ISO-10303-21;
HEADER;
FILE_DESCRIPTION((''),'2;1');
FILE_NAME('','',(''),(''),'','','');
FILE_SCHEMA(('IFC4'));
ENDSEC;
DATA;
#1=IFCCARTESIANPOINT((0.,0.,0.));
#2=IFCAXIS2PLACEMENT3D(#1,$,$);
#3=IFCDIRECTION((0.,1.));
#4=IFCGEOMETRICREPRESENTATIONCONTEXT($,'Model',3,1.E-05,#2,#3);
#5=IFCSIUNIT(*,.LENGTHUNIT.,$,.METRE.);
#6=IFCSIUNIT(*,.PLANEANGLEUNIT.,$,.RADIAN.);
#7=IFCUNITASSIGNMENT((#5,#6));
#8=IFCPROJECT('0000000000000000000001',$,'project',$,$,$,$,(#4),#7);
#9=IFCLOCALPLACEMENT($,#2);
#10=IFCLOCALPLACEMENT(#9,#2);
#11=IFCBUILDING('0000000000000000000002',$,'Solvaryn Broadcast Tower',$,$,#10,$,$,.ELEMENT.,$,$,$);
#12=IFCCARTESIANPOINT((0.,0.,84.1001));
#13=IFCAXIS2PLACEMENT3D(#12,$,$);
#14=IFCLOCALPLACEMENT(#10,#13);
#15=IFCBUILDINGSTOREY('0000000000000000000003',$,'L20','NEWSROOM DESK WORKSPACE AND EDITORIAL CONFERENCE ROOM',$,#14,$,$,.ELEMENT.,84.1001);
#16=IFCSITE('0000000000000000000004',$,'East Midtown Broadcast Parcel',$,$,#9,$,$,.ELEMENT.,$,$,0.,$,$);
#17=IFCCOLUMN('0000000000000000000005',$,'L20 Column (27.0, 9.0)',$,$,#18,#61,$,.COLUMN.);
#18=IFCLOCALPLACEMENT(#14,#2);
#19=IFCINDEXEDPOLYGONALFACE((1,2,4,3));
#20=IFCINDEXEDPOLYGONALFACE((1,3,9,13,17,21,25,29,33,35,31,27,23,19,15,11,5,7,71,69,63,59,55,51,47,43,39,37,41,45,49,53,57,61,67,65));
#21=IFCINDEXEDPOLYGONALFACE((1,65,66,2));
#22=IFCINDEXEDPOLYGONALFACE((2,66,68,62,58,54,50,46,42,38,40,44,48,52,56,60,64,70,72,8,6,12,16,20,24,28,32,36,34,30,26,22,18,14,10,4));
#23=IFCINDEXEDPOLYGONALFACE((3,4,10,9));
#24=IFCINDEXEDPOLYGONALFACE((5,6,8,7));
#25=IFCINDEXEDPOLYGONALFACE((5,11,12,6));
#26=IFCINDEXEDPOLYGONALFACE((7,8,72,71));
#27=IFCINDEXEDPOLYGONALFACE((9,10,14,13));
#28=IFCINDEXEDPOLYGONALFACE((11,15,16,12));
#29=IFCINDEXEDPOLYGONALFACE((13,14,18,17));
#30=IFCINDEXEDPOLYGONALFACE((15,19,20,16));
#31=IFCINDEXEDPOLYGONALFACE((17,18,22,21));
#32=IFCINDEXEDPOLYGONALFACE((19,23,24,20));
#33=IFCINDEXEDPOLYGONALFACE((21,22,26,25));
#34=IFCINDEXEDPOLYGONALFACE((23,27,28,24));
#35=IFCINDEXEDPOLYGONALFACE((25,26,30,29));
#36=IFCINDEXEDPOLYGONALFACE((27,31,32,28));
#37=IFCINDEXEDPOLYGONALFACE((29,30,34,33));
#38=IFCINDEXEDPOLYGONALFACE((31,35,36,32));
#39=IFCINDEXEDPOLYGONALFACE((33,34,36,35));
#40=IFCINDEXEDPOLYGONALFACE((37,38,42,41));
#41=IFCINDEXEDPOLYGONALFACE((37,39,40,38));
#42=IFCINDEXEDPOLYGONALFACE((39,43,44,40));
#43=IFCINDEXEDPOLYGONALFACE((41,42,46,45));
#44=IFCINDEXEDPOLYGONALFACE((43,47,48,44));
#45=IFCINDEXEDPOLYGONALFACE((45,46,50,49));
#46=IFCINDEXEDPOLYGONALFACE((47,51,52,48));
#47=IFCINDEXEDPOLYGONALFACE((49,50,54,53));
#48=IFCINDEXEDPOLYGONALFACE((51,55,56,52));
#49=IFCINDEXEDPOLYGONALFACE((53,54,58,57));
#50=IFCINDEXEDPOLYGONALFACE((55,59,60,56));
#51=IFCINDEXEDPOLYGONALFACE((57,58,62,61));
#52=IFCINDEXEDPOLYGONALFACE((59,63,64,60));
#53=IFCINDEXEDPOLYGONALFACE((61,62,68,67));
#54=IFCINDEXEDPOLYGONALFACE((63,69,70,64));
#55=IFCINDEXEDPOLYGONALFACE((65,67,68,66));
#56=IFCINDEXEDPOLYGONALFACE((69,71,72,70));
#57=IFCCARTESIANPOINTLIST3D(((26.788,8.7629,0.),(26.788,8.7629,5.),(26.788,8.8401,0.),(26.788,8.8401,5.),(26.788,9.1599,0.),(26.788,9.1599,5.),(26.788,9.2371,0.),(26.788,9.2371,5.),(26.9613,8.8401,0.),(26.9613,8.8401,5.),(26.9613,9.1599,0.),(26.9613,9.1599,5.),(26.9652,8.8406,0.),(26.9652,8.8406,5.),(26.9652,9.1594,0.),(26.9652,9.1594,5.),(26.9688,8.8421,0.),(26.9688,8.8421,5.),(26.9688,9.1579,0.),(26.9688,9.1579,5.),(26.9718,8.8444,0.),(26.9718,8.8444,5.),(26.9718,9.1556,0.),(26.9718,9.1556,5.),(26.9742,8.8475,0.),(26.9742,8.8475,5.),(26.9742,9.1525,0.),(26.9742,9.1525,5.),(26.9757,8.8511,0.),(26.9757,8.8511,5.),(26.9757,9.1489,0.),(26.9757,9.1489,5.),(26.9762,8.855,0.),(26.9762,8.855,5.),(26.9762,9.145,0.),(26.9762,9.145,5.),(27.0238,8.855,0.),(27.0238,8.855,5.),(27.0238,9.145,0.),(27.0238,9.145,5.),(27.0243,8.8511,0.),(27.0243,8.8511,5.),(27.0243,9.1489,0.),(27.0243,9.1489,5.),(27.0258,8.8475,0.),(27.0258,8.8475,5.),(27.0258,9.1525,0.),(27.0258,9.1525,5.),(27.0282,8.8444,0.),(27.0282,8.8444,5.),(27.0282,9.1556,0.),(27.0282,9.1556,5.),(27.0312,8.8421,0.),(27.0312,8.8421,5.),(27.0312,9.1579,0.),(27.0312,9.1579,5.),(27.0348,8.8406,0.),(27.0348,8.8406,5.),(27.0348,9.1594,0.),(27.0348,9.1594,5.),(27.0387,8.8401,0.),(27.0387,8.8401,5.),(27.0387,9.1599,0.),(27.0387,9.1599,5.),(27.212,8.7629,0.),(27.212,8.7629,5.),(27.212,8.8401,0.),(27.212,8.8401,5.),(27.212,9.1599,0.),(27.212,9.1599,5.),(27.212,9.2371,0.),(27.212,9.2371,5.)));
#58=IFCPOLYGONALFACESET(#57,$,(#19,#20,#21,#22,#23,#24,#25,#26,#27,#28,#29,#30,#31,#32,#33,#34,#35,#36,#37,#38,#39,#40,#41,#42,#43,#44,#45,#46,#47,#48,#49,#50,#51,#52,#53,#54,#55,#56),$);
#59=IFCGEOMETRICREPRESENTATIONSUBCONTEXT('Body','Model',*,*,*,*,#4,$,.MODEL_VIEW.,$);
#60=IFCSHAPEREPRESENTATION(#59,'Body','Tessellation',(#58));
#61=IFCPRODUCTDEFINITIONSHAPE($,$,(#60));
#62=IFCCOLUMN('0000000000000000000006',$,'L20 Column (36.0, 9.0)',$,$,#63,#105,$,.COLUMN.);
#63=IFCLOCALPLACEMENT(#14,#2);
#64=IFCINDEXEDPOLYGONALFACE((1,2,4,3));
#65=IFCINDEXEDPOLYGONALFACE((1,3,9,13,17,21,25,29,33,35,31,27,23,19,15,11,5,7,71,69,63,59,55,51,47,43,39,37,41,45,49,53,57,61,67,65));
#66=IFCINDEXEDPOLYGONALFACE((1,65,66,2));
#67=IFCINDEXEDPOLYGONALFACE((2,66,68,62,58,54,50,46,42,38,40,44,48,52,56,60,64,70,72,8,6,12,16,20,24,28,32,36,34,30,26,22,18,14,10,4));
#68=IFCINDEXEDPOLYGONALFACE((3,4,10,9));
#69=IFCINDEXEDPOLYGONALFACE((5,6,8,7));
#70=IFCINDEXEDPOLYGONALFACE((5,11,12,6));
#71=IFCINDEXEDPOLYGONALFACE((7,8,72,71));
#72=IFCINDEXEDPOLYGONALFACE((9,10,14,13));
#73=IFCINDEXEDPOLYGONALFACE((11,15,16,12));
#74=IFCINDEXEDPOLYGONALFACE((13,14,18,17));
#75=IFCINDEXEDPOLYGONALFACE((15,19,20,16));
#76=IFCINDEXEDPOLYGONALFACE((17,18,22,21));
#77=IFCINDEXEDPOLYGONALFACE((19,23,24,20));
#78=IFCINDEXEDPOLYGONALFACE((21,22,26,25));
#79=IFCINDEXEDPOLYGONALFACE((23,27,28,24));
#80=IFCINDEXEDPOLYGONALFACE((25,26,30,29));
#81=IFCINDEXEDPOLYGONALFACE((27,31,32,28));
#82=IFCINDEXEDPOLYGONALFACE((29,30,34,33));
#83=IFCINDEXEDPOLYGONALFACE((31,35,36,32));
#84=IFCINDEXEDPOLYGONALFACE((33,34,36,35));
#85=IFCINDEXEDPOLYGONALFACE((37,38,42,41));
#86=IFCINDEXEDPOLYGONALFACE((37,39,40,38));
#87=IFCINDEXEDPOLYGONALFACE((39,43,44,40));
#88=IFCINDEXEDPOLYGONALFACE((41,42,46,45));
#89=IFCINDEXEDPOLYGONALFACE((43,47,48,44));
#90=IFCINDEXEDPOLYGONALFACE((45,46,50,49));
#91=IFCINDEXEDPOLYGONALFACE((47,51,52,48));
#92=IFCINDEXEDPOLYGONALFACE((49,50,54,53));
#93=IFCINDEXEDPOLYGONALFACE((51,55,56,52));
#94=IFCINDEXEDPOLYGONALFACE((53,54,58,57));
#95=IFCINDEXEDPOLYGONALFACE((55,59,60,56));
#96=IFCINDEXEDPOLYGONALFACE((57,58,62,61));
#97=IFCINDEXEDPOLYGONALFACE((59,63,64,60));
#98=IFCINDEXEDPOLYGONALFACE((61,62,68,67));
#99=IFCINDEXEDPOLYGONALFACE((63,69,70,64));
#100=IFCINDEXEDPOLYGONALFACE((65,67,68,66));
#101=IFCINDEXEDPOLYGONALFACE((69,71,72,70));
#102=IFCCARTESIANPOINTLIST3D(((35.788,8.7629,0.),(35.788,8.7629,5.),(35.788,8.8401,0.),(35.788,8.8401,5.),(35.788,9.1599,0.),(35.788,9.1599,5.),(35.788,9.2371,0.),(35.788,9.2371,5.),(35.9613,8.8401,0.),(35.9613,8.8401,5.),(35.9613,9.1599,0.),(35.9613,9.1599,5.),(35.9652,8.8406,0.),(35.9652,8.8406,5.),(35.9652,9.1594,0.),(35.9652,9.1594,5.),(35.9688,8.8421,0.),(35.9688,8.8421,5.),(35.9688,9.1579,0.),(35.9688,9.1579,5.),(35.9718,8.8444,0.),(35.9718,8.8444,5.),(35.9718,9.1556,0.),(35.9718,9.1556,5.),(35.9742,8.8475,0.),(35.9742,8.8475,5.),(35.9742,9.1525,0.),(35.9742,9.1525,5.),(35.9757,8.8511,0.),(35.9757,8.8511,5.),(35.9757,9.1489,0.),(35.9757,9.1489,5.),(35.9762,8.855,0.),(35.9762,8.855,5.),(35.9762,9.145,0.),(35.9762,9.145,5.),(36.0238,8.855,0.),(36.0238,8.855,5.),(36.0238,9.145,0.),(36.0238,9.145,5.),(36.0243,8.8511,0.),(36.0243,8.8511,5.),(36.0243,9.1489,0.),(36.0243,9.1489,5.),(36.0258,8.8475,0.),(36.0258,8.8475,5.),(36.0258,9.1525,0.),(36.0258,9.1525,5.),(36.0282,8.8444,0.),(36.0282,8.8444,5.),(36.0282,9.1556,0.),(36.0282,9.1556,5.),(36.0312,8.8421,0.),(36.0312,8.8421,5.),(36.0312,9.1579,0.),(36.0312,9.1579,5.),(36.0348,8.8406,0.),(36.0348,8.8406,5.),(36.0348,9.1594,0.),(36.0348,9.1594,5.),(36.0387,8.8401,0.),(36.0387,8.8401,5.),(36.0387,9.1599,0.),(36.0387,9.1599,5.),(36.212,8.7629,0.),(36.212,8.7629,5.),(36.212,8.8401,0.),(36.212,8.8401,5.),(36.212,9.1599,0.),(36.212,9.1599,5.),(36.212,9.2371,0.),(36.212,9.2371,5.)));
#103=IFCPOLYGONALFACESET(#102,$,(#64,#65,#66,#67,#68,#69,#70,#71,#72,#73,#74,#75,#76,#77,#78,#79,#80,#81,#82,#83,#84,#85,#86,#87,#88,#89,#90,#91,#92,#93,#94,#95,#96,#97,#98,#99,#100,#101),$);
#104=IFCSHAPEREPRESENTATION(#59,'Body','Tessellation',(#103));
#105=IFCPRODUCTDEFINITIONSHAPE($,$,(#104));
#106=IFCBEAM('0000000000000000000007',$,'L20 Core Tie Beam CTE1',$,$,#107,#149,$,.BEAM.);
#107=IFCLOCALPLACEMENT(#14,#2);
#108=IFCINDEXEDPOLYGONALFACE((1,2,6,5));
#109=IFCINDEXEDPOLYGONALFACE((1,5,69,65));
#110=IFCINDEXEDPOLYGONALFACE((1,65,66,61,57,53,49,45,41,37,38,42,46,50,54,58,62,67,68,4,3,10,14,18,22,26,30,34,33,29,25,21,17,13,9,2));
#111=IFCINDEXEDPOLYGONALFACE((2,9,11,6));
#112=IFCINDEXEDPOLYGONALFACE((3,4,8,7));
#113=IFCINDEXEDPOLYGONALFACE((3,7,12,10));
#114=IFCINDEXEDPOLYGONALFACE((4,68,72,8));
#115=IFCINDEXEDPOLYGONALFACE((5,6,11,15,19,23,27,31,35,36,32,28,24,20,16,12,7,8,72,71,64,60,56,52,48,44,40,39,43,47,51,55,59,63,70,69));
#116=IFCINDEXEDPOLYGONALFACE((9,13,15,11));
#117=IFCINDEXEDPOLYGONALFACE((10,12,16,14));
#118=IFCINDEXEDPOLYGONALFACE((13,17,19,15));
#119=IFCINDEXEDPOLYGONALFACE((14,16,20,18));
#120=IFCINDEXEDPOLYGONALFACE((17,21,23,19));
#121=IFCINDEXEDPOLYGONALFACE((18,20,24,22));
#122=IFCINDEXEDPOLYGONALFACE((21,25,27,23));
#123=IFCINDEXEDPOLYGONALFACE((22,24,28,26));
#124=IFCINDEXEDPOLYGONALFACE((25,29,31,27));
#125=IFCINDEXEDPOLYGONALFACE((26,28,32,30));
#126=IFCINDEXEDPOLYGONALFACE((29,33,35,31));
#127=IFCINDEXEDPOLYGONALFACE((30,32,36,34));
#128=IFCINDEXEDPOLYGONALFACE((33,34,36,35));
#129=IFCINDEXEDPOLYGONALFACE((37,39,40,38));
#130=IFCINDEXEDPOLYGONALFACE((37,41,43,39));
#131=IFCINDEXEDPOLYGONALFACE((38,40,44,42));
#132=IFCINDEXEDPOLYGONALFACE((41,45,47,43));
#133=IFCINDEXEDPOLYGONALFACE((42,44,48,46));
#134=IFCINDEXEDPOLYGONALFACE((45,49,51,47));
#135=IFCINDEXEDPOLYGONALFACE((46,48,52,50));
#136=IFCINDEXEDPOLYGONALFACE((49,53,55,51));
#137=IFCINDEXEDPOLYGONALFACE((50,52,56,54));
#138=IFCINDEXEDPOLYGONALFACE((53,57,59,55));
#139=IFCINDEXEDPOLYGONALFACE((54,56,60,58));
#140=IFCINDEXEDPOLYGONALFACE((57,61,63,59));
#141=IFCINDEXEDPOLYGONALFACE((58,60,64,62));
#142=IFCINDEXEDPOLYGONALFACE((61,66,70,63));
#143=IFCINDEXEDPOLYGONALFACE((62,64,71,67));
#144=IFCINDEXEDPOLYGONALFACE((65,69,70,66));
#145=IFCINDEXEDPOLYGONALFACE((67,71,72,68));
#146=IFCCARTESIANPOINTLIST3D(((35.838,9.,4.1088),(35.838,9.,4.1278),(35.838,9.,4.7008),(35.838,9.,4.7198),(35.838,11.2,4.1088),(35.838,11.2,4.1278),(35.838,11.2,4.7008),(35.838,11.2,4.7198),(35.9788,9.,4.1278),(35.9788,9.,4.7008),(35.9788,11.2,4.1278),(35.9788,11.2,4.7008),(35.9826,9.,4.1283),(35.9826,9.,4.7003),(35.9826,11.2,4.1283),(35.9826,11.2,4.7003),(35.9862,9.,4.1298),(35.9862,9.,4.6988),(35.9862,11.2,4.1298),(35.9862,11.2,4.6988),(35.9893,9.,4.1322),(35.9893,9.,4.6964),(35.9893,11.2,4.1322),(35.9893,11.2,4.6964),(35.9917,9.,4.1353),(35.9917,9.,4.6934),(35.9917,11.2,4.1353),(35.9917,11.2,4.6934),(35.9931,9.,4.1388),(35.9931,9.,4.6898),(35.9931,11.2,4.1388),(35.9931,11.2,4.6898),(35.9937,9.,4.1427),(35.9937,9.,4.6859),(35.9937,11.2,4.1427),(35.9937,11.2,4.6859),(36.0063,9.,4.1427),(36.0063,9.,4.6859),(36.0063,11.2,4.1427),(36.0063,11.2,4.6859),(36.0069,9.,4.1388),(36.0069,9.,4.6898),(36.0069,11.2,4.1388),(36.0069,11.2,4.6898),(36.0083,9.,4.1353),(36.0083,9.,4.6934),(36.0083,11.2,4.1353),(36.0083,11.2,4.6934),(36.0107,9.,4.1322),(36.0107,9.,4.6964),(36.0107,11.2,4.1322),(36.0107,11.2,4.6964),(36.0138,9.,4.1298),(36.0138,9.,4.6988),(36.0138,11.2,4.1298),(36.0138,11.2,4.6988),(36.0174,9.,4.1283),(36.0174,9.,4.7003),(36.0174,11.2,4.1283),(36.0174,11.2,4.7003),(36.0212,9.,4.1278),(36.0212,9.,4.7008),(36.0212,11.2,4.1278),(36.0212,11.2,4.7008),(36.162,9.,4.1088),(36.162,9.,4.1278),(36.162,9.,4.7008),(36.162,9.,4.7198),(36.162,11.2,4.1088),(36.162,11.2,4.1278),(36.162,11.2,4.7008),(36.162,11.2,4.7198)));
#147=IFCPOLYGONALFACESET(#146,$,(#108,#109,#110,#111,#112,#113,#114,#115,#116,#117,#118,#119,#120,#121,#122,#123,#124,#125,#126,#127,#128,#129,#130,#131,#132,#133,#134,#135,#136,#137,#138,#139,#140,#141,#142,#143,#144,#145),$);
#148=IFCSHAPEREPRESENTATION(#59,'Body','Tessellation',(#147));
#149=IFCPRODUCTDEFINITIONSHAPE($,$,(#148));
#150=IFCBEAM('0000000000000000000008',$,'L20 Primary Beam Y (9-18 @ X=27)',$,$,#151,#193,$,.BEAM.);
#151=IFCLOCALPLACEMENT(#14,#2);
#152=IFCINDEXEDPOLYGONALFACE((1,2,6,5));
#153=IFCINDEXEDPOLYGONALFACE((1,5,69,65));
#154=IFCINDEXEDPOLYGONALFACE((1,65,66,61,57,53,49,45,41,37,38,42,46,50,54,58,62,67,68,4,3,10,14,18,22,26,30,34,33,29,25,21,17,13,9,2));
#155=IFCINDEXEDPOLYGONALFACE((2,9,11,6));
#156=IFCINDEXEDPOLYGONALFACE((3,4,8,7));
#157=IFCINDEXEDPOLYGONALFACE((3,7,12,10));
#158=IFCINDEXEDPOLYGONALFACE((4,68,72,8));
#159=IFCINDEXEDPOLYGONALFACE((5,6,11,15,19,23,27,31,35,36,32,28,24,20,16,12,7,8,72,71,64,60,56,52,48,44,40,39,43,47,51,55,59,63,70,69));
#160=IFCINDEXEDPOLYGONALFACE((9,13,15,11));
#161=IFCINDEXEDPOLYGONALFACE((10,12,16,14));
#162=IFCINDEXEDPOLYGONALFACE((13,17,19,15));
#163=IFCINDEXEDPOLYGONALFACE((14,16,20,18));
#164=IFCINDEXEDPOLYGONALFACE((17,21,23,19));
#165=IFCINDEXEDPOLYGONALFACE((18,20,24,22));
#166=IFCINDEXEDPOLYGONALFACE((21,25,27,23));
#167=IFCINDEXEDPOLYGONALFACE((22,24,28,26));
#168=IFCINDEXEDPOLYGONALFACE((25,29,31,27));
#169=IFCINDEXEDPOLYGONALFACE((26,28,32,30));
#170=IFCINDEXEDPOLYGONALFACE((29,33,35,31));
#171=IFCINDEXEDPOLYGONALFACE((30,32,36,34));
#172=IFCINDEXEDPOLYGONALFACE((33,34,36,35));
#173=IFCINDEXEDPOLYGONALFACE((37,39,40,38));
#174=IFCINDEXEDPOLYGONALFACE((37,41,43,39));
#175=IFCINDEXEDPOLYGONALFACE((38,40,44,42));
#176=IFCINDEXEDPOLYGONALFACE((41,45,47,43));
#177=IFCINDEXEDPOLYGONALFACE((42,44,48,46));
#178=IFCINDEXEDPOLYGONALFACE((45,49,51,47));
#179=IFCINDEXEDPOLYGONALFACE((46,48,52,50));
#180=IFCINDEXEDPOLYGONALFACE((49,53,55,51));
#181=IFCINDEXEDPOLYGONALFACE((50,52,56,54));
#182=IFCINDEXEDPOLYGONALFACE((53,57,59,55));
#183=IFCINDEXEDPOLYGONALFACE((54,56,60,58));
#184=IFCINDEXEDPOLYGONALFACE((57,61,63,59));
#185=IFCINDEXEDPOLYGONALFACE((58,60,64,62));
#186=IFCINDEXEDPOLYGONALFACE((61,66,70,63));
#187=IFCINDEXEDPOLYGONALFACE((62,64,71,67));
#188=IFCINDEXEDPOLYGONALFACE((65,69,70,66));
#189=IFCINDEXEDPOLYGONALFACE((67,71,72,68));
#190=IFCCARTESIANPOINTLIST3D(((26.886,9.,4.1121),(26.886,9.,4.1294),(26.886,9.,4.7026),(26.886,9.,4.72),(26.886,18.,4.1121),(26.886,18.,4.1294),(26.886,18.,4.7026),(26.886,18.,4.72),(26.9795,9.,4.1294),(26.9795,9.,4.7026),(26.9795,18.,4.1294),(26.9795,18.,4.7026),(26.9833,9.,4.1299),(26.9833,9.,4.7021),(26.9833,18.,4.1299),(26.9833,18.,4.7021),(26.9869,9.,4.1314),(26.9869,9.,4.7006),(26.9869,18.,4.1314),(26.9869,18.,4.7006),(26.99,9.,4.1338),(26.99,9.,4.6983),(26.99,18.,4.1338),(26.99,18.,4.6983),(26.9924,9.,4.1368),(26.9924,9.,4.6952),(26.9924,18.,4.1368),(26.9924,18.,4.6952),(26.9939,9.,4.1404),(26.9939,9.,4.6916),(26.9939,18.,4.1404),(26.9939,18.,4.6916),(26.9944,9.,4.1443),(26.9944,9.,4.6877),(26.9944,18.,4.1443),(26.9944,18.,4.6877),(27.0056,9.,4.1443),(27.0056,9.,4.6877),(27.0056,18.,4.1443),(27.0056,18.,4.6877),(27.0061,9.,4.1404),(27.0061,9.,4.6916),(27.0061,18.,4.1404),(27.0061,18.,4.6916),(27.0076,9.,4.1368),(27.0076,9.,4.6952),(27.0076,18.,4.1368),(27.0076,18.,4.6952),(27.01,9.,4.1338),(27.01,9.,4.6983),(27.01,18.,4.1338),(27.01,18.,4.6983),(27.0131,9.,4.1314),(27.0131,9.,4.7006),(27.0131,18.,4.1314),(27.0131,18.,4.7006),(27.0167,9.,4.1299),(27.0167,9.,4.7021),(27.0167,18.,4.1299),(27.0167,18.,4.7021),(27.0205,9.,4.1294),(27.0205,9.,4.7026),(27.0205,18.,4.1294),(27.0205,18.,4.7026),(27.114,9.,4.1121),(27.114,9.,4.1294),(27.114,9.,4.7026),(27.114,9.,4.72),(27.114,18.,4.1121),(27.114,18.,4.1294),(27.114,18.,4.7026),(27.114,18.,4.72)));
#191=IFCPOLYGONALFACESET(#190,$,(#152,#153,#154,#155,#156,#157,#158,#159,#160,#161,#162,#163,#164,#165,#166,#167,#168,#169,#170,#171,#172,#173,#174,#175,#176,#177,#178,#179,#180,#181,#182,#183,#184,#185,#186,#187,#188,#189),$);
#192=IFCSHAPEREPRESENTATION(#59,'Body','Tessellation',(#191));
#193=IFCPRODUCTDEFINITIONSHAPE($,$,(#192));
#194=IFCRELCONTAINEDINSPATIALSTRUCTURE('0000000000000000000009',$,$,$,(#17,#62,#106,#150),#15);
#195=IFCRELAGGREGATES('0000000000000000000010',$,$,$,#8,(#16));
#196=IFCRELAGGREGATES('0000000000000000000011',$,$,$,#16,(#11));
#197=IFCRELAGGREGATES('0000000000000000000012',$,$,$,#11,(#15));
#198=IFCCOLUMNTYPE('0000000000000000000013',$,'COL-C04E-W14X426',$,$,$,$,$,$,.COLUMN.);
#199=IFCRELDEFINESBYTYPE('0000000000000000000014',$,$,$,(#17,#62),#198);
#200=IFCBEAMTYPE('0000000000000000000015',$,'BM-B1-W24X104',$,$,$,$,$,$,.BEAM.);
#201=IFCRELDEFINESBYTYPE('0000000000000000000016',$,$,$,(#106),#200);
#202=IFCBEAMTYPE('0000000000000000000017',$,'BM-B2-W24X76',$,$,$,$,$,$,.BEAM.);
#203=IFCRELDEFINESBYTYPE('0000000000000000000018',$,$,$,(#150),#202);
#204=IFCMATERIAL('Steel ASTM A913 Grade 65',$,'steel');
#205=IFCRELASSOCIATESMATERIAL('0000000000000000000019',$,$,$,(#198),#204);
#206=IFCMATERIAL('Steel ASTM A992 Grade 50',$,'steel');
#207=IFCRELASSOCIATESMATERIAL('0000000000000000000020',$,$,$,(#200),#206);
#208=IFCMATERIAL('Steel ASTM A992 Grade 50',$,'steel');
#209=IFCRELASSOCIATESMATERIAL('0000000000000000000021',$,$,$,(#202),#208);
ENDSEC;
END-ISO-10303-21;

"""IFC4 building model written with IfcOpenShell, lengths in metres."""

from ifc_helpers import new_model, si_unit, direction, frame, origin, origin_2d, place, context, subcontext, project, spatial, i_section, extrude, material, material_profile, profile_set, type_object, element, save


model = new_model("IFC4")

# Units and contexts
model_context = context("Model", 3, precision=1e-05, world=origin(), true_north=direction((0.0, 1.0)))
body_context = subcontext(model_context, "Body", "Model", "MODEL_VIEW")
ifc_project = project(units=[si_unit("LENGTHUNIT", "METRE"), si_unit("PLANEANGLEUNIT", "RADIAN")], contexts=[model_context])

# Site, building, storey
site_placement = place(None, origin())
site = spatial("IfcSite", under=ifc_project, at=site_placement, Name="East Midtown Broadcast Parcel", CompositionType="ELEMENT", RefElevation=0.0)
building_placement = place(site_placement, origin())
building = spatial("IfcBuilding", under=site, at=building_placement, Name="Solvaryn Broadcast Tower", CompositionType="ELEMENT")
storey_placement = place(building_placement, frame((0.0, 0.0, 84.1001)))
storey = spatial("IfcBuildingStorey", under=building, at=storey_placement, Name="L20", Description="NEWSROOM DESK WORKSPACE AND EDITORIAL CONFERENCE ROOM", CompositionType="ELEMENT", Elevation=84.1001)

# Columns
ifc_material_1 = material(Name="Steel ASTM A913 Grade 65", Category="steel")
ifc_material_profile_1 = material_profile(ifc_material_1, i_section(OverallWidth=0.4241, OverallDepth=0.4741, WebThickness=0.0476, FlangeThickness=0.0771, FilletRadius=0.0149, at=origin_2d()))
ifc_profile_set_1 = profile_set([ifc_material_profile_1], Name="Steel ASTM A913 Grade 65")
column_type = type_object("IfcColumnType", Name="COL-C04E-W14X426", PredefinedType="COLUMN", material=ifc_profile_set_1)
for number, where, z_axis, x_axis, name in (
    (1, (27.0, 9.0, 0.0), (0.0, 0.0, 1.0), (1.0, 0.0, 0.0), "L20 Column (27.0, 9.0)"),
    (2, (36.0, 9.0, 0.0), (0.0, 0.0, 1.0), (1.0, 0.0, 0.0), "L20 Column (36.0, 9.0)"),
):
    element("IfcColumn", number, at=place(storey_placement, frame(where, z_axis=z_axis, x_axis=x_axis)), inside=storey, type_object=column_type, Name=name, PredefinedType="COLUMN", context=body_context, shape_type="SweptSolid", body=[
        extrude(i_section(OverallWidth=0.4241, OverallDepth=0.4741, WebThickness=0.0476, FlangeThickness=0.0771, FilletRadius=0.0149, at=origin_2d()), origin(), (0.0, 0.0, 1.0), 5.0),
    ])

# Beams
ifc_material_2 = material(Name="Steel ASTM A992 Grade 50", Category="steel")
ifc_material_profile_2 = material_profile(ifc_material_2, i_section(OverallWidth=0.324, OverallDepth=0.6111, WebThickness=0.0127, FlangeThickness=0.019, FilletRadius=0.0149, at=origin_2d()))
ifc_profile_set_2 = profile_set([ifc_material_profile_2], Name="Steel ASTM A992 Grade 50")
beam_type_1 = type_object("IfcBeamType", Name="BM-B1-W24X104", PredefinedType="BEAM", material=ifc_profile_set_2)
beam_1_placement = place(storey_placement, frame((36.0, 9.0, 4.4143), z_axis=(0.0, 1.0, 0.0), x_axis=(-1.0, 0.0, 0.0)))
element("IfcBeam", 3, at=beam_1_placement, inside=storey, type_object=beam_type_1, Name="L20 Core Tie Beam CTE1", PredefinedType="BEAM", context=body_context, shape_type="SweptSolid", body=[
    extrude(i_section(OverallWidth=0.324, OverallDepth=0.6111, WebThickness=0.0127, FlangeThickness=0.019, FilletRadius=0.0149, at=origin_2d()), origin(), (0.0, 0.0, 1.0), 2.2),
])
ifc_material_3 = material(Name="Steel ASTM A992 Grade 50", Category="steel")
ifc_material_profile_3 = material_profile(ifc_material_3, i_section(OverallWidth=0.228, OverallDepth=0.6079, WebThickness=0.0112, FlangeThickness=0.0173, FilletRadius=0.0149, at=origin_2d()))
ifc_profile_set_3 = profile_set([ifc_material_profile_3], Name="Steel ASTM A992 Grade 50")
beam_type_2 = type_object("IfcBeamType", Name="BM-B2-W24X76", PredefinedType="BEAM", material=ifc_profile_set_3)
beam_2_placement = place(storey_placement, frame((27.0, 9.0, 4.416), z_axis=(0.0, 1.0, 0.0), x_axis=(-1.0, 0.0, 0.0)))
element("IfcBeam", 4, at=beam_2_placement, inside=storey, type_object=beam_type_2, Name="L20 Primary Beam Y (9-18 @ X=27)", PredefinedType="BEAM", context=body_context, shape_type="SweptSolid", body=[
    extrude(i_section(OverallWidth=0.228, OverallDepth=0.6079, WebThickness=0.0112, FlangeThickness=0.0173, FilletRadius=0.0149, at=origin_2d()), origin(), (0.0, 0.0, 1.0), 9.0),
])

save(model, "model.ifc")
